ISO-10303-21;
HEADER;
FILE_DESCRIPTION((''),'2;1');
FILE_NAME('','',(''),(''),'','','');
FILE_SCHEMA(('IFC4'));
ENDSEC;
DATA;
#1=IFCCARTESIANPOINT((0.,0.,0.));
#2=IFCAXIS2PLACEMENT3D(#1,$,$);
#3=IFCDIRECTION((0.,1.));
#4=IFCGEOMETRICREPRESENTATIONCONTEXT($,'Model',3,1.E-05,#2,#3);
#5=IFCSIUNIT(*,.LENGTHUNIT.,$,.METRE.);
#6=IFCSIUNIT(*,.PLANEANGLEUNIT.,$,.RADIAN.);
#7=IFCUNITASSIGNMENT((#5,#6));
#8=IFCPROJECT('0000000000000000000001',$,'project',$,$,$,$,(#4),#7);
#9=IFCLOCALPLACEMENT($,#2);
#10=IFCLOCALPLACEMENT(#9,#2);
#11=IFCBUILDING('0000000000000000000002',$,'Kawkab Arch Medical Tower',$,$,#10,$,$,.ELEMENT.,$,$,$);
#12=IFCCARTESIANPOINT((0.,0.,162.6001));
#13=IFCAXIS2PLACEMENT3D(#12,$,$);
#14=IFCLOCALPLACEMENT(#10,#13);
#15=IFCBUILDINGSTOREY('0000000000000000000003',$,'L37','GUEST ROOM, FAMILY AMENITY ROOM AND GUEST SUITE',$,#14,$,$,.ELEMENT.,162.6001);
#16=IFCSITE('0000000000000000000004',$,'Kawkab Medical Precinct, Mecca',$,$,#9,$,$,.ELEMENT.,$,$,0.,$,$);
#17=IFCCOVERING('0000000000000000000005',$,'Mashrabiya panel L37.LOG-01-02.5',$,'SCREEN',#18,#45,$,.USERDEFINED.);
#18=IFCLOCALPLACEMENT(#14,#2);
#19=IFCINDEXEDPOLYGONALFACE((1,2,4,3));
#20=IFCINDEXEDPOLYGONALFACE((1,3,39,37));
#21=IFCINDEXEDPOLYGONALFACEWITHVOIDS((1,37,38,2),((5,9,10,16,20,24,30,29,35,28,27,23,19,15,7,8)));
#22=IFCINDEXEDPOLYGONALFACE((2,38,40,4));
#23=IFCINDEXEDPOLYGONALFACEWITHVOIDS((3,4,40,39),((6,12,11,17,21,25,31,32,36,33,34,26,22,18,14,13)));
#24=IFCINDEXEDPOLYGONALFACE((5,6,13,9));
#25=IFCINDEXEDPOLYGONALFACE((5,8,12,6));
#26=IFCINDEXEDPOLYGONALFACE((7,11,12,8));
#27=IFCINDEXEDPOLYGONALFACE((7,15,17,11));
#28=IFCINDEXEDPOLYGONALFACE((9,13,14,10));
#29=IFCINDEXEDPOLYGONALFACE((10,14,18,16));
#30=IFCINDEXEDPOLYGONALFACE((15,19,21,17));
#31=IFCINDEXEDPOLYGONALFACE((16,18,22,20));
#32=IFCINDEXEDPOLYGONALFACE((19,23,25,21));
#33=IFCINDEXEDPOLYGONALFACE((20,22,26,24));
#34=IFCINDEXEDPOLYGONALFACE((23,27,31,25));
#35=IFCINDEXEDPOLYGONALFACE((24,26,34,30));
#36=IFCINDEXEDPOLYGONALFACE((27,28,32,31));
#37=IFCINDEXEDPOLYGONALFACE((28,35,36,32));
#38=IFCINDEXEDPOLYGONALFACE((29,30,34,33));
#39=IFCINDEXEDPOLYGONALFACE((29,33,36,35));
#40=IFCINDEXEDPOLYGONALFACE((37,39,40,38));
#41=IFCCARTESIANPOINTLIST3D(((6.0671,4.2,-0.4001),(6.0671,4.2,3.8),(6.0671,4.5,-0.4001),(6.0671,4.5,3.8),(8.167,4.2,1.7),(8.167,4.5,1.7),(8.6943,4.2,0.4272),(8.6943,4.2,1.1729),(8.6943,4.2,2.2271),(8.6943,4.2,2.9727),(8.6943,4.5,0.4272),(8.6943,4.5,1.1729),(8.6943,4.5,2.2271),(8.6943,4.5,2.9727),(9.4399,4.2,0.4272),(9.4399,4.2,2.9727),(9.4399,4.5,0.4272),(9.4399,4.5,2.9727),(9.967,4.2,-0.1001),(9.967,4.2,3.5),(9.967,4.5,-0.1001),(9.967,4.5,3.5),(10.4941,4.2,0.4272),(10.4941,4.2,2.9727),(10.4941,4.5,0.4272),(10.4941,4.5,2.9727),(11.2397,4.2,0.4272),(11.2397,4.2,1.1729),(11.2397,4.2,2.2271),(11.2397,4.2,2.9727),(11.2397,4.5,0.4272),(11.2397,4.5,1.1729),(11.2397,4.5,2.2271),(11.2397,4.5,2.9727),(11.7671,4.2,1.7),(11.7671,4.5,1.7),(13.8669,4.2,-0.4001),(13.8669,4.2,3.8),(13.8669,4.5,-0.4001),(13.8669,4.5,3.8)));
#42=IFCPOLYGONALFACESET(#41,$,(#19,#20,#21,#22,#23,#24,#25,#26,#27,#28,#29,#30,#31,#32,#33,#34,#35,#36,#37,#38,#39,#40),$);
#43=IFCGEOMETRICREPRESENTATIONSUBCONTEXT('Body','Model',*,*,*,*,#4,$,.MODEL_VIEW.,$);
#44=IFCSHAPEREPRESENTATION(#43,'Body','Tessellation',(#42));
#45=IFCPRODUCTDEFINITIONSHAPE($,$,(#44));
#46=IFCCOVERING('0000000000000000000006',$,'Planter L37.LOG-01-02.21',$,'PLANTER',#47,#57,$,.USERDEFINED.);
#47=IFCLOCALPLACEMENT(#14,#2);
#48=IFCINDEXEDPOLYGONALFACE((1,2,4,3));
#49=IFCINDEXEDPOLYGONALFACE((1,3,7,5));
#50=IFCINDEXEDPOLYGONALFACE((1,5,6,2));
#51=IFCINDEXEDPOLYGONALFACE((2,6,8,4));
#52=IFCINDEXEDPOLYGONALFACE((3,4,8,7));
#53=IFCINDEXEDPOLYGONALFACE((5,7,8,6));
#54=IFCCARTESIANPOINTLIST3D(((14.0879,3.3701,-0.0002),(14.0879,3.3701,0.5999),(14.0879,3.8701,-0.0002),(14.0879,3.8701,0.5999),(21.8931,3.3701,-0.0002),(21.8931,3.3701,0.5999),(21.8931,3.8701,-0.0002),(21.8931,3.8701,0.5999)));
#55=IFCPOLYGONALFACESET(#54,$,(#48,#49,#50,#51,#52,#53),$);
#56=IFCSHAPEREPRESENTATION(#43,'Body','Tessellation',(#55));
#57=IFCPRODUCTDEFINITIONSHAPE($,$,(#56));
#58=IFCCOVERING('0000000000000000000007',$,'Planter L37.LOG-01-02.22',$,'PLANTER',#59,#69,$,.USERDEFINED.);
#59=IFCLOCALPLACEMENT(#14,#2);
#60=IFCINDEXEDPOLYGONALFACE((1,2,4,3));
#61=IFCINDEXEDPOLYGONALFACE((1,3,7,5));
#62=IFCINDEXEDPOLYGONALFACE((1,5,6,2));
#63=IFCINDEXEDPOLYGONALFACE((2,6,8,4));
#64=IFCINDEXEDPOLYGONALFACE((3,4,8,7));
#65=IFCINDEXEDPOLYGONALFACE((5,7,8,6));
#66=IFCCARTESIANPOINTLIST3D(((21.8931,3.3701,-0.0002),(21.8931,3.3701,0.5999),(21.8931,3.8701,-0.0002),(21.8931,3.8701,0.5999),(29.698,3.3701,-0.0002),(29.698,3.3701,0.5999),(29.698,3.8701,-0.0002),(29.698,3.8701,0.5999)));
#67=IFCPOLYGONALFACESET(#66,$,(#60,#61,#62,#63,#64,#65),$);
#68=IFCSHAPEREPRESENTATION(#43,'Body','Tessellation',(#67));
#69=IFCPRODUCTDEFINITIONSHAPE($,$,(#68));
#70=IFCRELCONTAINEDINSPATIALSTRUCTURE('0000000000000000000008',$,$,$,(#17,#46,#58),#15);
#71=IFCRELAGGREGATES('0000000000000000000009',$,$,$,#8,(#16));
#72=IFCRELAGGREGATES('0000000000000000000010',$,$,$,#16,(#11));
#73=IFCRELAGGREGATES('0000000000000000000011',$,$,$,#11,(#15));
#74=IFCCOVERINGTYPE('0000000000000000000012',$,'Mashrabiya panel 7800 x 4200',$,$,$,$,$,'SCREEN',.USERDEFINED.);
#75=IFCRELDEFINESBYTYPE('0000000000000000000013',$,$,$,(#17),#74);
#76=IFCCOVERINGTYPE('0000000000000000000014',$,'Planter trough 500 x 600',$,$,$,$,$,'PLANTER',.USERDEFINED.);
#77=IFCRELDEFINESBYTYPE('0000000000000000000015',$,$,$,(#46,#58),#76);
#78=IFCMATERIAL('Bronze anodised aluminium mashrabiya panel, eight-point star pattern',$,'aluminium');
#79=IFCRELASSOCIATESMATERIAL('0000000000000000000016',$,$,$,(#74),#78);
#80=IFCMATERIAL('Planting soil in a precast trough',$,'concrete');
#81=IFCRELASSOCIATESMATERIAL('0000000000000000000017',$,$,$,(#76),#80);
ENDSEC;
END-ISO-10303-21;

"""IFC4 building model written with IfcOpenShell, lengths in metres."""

from ifc_helpers import new_model, si_unit, direction, frame, origin, origin_2d, place, context, subcontext, project, spatial, polyline, rectangle, outline, extrude, material, material_profile, profile_set, type_object, element, save


model = new_model("IFC4")

# Units and contexts
model_context = context("Model", 3, precision=1e-05, world=origin(), true_north=direction((0.0, 1.0)))
body_context = subcontext(model_context, "Body", "Model", "MODEL_VIEW")
ifc_project = project(units=[si_unit("LENGTHUNIT", "METRE"), si_unit("PLANEANGLEUNIT", "RADIAN")], contexts=[model_context])

# Site, building, storey
site_placement = place(None, origin())
site = spatial("IfcSite", under=ifc_project, at=site_placement, Name="Kawkab Medical Precinct, Mecca", CompositionType="ELEMENT", RefElevation=0.0)
building_placement = place(site_placement, origin())
building = spatial("IfcBuilding", under=site, at=building_placement, Name="Kawkab Arch Medical Tower", CompositionType="ELEMENT")
storey_placement = place(building_placement, frame((0.0, 0.0, 162.6001)))
storey = spatial("IfcBuildingStorey", under=building, at=storey_placement, Name="L37", Description="GUEST ROOM, FAMILY AMENITY ROOM AND GUEST SUITE", CompositionType="ELEMENT", Elevation=162.6001)

# Coverings
ifc_material_1 = material(Name="Bronze anodised aluminium mashrabiya panel, eight-point star pattern", Category="aluminium")
ifc_material_profile_1 = material_profile(ifc_material_1, outline(polyline([(-3.8999, -2.1001), (3.8999, -2.1001), (3.8999, 2.1001), (-3.8999, 2.1001), (-3.8999, -2.1001)]), holes=[polyline([(1.8, 0.0), (1.2727, 0.5271), (1.2727, 1.2727), (0.5271, 1.2727), (0.0, 1.8), (-0.5271, 1.2727), (-1.2727, 1.2727), (-1.2727, 0.5271), (-1.8, 0.0), (-1.2727, -0.5271), (-1.2727, -1.2727), (-0.5271, -1.2727), (0.0, -1.8), (0.5271, -1.2727), (1.2727, -1.2727), (1.2727, -0.5271), (1.8, 0.0)])]), Name="Mashrabiya panel 7800x4200")
ifc_profile_set_1 = profile_set([ifc_material_profile_1], Name="Bronze anodised aluminium mashrabiya panel, eight-point star pattern")
covering_type_1 = type_object("IfcCoveringType", Name="Mashrabiya panel 7800 x 4200", ElementType="SCREEN", PredefinedType="USERDEFINED", material=ifc_profile_set_1)
covering_1_placement = place(storey_placement, frame((9.967, 4.2, 1.7), z_axis=(0.0, 1.0, 0.0), x_axis=(-1.0, 0.0, 0.0)))
element("IfcCovering", 1, at=covering_1_placement, inside=storey, type_object=covering_type_1, Name="Mashrabiya panel L37.LOG-01-02.5", ObjectType="SCREEN", PredefinedType="USERDEFINED", context=body_context, shape_type="SweptSolid", body=[
    extrude(outline(polyline([(-3.8999, -2.1001), (3.8999, -2.1001), (3.8999, 2.1001), (-3.8999, 2.1001), (-3.8999, -2.1001)]), holes=[polyline([(1.8, 0.0), (1.2727, 0.5271), (1.2727, 1.2727), (0.5271, 1.2727), (0.0, 1.8), (-0.5271, 1.2727), (-1.2727, 1.2727), (-1.2727, 0.5271), (-1.8, 0.0), (-1.2727, -0.5271), (-1.2727, -1.2727), (-0.5271, -1.2727), (0.0, -1.8), (0.5271, -1.2727), (1.2727, -1.2727), (1.2727, -0.5271), (1.8, 0.0)])]), origin(), (0.0, 0.0, 1.0), 0.3),
])
ifc_material_2 = material(Name="Planting soil in a precast trough", Category="concrete")
ifc_material_profile_2 = material_profile(ifc_material_2, rectangle(XDim=0.5, YDim=0.6001, at=origin_2d()), Name="Trough 500x600")
ifc_profile_set_2 = profile_set([ifc_material_profile_2], Name="Planting soil in a precast trough")
covering_type_2 = type_object("IfcCoveringType", Name="Planter trough 500 x 600", ElementType="PLANTER", PredefinedType="USERDEFINED", material=ifc_profile_set_2)
covering_2_placement = place(storey_placement, frame((14.0879, 3.6201, 0.2998), z_axis=(1.0, 0.0, 0.0), x_axis=(0.0, 1.0, 0.0)))
element("IfcCovering", 2, at=covering_2_placement, inside=storey, type_object=covering_type_2, Name="Planter L37.LOG-01-02.21", ObjectType="PLANTER", PredefinedType="USERDEFINED", context=body_context, shape_type="SweptSolid", body=[
    extrude(rectangle(XDim=0.5, YDim=0.6001, at=origin_2d()), origin(), (0.0, 0.0, 1.0), 7.8052),
])
covering_3_placement = place(storey_placement, frame((21.8931, 3.6201, 0.2998), z_axis=(1.0, 0.0, 0.0), x_axis=(0.0, 1.0, 0.0)))
element("IfcCovering", 3, at=covering_3_placement, inside=storey, type_object=covering_type_2, Name="Planter L37.LOG-01-02.22", ObjectType="PLANTER", PredefinedType="USERDEFINED", context=body_context, shape_type="SweptSolid", body=[
    extrude(rectangle(XDim=0.5, YDim=0.6001, at=origin_2d()), origin(), (0.0, 0.0, 1.0), 7.8049),
])

save(model, "model.ifc")
